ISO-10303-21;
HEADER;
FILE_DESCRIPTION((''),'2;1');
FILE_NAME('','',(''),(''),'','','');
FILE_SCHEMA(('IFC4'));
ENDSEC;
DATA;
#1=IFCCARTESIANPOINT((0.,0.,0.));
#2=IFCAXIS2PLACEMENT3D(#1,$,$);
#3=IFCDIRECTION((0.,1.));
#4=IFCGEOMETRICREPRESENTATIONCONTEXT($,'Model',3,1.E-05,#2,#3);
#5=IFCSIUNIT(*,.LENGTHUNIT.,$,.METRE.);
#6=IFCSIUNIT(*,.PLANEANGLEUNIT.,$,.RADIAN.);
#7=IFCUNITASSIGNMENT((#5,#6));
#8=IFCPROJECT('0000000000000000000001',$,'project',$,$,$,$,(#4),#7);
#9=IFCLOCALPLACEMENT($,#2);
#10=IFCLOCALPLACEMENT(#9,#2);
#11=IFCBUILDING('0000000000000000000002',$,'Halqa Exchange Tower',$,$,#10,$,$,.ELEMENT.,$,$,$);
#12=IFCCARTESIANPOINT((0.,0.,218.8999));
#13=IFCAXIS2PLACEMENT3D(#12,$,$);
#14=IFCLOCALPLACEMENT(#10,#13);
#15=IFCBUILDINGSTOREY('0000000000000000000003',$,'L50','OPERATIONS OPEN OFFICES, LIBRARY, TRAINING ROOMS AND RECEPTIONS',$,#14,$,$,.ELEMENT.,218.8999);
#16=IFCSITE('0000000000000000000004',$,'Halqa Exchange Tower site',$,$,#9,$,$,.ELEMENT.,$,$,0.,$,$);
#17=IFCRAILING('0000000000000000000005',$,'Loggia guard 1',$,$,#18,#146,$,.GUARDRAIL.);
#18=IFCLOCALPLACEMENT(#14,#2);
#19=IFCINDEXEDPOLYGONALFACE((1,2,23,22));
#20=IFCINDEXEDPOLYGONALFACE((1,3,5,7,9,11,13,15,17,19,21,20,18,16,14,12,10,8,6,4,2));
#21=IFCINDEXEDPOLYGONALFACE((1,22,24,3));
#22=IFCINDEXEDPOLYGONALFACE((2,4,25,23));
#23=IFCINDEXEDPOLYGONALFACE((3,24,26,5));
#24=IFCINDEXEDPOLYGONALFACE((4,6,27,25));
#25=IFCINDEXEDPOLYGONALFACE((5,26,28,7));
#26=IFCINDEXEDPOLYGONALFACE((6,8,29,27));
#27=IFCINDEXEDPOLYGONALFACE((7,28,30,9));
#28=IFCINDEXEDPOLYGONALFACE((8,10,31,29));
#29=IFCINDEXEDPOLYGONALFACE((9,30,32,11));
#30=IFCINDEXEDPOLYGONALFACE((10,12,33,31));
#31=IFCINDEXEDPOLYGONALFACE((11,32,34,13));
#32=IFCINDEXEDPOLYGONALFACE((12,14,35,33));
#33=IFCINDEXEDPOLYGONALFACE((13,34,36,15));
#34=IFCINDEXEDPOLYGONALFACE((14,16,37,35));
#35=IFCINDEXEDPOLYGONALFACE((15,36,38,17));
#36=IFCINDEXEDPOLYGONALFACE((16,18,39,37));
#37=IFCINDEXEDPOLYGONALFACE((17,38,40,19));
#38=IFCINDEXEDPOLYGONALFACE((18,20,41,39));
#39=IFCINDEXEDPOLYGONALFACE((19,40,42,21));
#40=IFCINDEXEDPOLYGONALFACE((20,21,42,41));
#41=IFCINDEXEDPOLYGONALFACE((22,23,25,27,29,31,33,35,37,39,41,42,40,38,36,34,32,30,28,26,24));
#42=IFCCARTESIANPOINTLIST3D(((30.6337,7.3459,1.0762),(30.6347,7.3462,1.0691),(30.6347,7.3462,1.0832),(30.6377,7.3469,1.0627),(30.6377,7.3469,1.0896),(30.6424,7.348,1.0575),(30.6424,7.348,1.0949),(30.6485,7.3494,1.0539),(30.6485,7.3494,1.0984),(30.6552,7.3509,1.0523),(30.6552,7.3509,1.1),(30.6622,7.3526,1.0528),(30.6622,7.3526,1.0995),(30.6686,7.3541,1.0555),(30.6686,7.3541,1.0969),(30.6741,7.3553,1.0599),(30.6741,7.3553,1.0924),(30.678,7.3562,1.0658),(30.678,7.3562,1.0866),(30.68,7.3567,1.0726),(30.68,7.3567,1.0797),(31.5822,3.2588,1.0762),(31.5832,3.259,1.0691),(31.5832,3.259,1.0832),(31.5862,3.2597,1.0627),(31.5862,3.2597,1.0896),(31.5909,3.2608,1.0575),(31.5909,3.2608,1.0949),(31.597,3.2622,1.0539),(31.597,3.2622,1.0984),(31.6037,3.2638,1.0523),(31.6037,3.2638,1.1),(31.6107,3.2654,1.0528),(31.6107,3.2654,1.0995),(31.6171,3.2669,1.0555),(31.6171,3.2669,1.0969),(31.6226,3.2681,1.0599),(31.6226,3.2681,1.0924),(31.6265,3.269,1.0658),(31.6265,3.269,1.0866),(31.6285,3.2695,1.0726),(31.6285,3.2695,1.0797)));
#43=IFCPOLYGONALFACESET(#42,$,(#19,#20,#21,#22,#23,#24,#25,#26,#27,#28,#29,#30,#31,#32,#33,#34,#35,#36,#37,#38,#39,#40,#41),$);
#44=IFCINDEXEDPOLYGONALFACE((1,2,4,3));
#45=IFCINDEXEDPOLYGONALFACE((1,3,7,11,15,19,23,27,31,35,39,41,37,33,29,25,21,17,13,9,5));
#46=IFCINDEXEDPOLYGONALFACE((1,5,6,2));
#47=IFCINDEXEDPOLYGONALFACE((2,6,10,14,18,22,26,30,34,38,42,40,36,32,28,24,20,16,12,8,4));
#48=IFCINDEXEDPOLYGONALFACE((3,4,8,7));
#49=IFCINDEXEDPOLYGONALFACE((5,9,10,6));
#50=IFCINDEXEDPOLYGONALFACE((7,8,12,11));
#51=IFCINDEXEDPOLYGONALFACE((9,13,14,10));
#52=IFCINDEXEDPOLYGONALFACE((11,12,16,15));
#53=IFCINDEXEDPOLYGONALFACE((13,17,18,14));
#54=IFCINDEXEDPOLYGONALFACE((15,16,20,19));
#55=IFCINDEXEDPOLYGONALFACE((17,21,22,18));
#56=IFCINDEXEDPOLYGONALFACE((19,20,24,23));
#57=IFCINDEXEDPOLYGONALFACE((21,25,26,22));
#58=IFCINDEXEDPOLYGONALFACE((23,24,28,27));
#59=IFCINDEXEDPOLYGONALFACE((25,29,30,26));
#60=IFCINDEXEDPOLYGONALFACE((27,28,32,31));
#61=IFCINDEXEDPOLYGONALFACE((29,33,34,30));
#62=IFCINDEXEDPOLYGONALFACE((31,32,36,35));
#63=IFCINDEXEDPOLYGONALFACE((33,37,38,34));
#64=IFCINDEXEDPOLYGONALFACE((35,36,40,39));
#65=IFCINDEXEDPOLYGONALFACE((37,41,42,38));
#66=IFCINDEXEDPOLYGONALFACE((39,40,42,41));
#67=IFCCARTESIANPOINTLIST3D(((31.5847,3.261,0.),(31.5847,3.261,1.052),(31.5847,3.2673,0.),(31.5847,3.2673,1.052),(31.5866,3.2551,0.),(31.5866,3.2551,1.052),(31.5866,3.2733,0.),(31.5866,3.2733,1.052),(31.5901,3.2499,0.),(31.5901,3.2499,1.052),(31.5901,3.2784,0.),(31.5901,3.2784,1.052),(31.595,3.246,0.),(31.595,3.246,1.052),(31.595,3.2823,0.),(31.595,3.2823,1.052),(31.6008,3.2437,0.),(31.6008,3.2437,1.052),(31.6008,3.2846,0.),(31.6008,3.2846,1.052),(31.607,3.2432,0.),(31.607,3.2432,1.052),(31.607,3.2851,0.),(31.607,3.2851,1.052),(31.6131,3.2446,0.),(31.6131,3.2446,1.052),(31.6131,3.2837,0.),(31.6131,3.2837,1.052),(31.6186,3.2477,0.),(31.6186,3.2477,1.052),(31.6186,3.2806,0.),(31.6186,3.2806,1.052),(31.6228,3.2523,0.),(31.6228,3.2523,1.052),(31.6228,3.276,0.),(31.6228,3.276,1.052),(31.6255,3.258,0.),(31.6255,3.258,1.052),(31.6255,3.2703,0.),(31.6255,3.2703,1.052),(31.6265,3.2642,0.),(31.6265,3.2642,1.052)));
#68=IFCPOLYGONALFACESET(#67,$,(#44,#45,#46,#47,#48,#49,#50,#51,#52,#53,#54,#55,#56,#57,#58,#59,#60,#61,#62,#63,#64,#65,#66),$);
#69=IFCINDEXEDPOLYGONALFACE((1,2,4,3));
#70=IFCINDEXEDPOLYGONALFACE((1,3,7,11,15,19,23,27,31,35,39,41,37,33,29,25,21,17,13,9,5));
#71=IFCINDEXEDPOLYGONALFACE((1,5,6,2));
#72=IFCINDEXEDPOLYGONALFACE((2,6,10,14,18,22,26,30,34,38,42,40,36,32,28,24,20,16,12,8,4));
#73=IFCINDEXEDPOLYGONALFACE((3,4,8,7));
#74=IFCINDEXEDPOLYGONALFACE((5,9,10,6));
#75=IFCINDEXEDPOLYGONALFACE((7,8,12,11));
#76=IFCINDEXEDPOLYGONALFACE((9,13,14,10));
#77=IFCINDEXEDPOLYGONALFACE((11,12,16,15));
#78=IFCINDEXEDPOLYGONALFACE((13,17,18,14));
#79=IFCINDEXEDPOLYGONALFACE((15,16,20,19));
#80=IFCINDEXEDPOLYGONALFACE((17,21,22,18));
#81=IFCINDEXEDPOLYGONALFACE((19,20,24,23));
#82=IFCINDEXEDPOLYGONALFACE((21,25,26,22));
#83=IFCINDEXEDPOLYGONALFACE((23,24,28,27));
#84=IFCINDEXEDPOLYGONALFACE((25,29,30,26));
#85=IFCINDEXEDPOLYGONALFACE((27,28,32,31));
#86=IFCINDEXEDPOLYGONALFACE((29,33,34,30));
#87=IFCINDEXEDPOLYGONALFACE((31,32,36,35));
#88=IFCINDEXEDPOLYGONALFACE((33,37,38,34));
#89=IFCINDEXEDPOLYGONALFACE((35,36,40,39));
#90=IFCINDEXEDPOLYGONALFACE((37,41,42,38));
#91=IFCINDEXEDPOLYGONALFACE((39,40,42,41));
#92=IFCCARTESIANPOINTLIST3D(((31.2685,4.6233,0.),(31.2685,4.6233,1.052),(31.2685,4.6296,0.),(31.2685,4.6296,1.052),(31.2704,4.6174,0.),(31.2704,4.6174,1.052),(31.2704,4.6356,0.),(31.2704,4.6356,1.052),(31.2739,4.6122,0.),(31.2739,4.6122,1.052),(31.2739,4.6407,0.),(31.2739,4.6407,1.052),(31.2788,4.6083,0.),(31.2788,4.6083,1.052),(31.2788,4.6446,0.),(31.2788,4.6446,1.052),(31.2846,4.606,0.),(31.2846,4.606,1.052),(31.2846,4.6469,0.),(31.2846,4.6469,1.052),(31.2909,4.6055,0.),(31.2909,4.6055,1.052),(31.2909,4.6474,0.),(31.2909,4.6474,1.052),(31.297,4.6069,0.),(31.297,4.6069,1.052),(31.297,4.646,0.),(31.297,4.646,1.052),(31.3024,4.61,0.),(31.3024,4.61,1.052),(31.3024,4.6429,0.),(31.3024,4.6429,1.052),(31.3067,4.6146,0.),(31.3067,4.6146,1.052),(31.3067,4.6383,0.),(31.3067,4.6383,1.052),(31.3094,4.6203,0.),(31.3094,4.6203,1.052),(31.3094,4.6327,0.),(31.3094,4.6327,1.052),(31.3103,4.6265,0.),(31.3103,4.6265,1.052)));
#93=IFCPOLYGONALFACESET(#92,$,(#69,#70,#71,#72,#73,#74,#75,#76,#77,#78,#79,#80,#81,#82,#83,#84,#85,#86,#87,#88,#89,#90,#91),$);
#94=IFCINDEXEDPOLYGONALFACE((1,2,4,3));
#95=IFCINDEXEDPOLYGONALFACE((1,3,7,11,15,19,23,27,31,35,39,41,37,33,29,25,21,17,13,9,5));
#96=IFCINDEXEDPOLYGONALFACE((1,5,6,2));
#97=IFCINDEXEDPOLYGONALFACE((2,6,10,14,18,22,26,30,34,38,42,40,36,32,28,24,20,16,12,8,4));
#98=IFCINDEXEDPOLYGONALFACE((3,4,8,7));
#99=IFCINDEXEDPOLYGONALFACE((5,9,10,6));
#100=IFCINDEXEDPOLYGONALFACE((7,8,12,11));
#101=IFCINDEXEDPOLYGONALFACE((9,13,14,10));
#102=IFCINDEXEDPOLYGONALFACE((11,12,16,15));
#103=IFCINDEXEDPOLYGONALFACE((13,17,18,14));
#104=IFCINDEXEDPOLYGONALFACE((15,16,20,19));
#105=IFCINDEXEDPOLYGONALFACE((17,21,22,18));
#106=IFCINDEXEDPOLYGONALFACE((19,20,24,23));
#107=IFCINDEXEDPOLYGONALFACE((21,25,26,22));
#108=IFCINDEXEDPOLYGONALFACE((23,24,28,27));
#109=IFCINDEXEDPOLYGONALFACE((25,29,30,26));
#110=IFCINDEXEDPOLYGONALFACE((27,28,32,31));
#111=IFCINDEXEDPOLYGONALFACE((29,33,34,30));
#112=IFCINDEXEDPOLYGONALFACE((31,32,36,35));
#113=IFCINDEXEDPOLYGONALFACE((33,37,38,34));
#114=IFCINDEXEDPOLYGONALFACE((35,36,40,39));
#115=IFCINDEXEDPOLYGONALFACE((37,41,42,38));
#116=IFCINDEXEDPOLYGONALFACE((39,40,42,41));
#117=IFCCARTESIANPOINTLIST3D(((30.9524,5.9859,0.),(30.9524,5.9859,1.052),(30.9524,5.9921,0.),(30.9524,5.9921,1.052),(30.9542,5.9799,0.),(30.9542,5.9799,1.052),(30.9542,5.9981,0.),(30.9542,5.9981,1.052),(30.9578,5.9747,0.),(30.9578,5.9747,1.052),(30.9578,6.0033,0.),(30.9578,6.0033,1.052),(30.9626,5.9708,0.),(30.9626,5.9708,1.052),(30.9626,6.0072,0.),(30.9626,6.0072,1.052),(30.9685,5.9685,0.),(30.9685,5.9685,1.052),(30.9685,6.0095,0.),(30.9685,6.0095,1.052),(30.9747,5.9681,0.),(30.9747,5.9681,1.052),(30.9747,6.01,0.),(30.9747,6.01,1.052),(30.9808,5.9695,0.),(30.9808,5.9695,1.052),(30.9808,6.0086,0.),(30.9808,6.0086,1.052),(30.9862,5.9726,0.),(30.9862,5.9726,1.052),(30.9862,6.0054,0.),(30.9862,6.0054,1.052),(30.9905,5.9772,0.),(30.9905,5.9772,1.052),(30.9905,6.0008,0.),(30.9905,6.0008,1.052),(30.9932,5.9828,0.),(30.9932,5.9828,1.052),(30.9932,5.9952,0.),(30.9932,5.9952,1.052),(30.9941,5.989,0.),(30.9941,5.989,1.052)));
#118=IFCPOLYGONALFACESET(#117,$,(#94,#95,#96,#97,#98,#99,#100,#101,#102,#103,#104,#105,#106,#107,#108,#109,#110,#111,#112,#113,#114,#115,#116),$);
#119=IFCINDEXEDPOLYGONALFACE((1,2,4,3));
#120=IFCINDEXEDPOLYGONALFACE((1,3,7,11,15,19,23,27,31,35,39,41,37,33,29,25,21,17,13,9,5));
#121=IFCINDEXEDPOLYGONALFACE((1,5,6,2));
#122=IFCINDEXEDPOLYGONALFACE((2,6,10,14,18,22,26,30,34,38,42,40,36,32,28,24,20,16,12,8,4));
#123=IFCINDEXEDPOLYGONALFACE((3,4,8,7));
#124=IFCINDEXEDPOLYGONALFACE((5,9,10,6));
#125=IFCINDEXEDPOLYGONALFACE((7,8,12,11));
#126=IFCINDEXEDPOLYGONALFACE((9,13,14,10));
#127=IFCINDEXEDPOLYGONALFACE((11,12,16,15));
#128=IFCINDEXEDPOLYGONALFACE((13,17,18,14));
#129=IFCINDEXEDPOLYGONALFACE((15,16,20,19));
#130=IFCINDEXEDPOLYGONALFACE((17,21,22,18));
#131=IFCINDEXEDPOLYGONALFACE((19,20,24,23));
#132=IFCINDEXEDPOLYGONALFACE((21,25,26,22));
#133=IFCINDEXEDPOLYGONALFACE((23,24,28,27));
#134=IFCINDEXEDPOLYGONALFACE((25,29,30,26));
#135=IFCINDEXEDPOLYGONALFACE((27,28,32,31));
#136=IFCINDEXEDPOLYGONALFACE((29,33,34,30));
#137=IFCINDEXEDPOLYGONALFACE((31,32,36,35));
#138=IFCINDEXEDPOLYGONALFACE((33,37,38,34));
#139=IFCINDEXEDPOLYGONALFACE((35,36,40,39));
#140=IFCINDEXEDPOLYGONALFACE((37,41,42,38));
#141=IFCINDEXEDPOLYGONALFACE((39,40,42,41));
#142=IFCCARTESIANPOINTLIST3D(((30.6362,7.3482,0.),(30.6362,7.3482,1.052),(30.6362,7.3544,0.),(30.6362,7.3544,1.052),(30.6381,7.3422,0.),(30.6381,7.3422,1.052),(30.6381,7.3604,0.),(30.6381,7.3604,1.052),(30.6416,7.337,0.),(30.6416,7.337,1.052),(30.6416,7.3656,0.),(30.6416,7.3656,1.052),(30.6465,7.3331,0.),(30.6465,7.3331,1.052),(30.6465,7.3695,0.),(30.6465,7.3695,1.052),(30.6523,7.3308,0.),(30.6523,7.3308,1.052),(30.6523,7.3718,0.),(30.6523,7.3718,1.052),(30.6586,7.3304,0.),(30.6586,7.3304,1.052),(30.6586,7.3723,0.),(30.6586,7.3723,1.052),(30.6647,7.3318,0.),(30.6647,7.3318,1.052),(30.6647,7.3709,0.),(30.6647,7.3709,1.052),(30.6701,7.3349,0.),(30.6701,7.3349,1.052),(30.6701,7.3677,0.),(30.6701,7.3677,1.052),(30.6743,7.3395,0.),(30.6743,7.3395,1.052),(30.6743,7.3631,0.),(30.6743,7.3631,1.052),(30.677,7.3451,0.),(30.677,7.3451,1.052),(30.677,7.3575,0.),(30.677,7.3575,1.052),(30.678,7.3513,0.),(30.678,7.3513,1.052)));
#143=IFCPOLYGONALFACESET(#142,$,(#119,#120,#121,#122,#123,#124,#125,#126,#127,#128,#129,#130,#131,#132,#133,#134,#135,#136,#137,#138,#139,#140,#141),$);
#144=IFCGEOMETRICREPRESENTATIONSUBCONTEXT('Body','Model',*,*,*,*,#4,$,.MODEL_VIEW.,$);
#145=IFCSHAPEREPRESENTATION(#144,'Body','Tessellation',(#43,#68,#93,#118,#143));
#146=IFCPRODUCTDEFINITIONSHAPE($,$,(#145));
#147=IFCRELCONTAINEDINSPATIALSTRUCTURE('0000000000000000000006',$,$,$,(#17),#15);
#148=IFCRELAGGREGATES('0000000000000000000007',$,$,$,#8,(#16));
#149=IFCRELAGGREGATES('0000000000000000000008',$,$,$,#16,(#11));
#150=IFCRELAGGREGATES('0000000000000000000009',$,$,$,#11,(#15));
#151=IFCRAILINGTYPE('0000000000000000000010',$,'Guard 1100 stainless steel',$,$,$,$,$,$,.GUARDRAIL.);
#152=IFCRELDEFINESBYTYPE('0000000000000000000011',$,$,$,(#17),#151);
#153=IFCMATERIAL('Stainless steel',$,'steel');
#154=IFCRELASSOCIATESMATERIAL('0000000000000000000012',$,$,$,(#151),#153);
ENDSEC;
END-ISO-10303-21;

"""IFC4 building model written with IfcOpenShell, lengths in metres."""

from ifc_helpers import new_model, si_unit, direction, frame, origin, origin_2d, place, context, subcontext, project, spatial, circle, extrude, material, type_object, element, save


model = new_model("IFC4")

# Units and contexts
model_context = context("Model", 3, precision=1e-05, world=origin(), true_north=direction((0.0, 1.0)))
body_context = subcontext(model_context, "Body", "Model", "MODEL_VIEW")
ifc_project = project(units=[si_unit("LENGTHUNIT", "METRE"), si_unit("PLANEANGLEUNIT", "RADIAN")], contexts=[model_context])

# Site, building, storey
site_placement = place(None, origin())
site = spatial("IfcSite", under=ifc_project, at=site_placement, Name="Halqa Exchange Tower site", CompositionType="ELEMENT", RefElevation=0.0)
building_placement = place(site_placement, origin())
building = spatial("IfcBuilding", under=site, at=building_placement, Name="Halqa Exchange Tower", CompositionType="ELEMENT")
storey_placement = place(building_placement, frame((0.0, 0.0, 218.8999)))
storey = spatial("IfcBuildingStorey", under=building, at=storey_placement, Name="L50", Description="OPERATIONS OPEN OFFICES, LIBRARY, TRAINING ROOMS AND RECEPTIONS", CompositionType="ELEMENT", Elevation=218.8999)

# Railing
ifc_material_1 = material(Name="Stainless steel", Category="steel")
railing_type = type_object("IfcRailingType", Name="Guard 1100 stainless steel", PredefinedType="GUARDRAIL", material=ifc_material_1)
railing_1_placement = place(storey_placement, frame((31.6055, 3.2642, 0.0)))
element("IfcRailing", 1, at=railing_1_placement, inside=storey, type_object=railing_type, Name="Loggia guard 1", PredefinedType="GUARDRAIL", context=body_context, shape_type="SweptSolid", body=[
    extrude(circle(Radius=0.0239, at=origin_2d()), frame((0.0, 0.0, 1.0762), z_axis=(-0.226058, 0.974114, 0.0), x_axis=(-0.974114, -0.226058, 0.0)), (0.0, 0.0, 1.0), 4.1958),
    extrude(circle(Radius=0.021, at=origin_2d()), origin(), (0.0, 0.0, 1.0), 1.052),
    extrude(circle(Radius=0.021, at=origin_2d()), frame((-0.3162, 1.3623, 0.0)), (0.0, 0.0, 1.0), 1.052),
    extrude(circle(Radius=0.021, at=origin_2d()), frame((-0.6323, 2.7249, 0.0)), (0.0, 0.0, 1.0), 1.052),
    extrude(circle(Radius=0.021, at=origin_2d()), frame((-0.9485, 4.0872, 0.0)), (0.0, 0.0, 1.0), 1.052),
])

save(model, "model.ifc")
